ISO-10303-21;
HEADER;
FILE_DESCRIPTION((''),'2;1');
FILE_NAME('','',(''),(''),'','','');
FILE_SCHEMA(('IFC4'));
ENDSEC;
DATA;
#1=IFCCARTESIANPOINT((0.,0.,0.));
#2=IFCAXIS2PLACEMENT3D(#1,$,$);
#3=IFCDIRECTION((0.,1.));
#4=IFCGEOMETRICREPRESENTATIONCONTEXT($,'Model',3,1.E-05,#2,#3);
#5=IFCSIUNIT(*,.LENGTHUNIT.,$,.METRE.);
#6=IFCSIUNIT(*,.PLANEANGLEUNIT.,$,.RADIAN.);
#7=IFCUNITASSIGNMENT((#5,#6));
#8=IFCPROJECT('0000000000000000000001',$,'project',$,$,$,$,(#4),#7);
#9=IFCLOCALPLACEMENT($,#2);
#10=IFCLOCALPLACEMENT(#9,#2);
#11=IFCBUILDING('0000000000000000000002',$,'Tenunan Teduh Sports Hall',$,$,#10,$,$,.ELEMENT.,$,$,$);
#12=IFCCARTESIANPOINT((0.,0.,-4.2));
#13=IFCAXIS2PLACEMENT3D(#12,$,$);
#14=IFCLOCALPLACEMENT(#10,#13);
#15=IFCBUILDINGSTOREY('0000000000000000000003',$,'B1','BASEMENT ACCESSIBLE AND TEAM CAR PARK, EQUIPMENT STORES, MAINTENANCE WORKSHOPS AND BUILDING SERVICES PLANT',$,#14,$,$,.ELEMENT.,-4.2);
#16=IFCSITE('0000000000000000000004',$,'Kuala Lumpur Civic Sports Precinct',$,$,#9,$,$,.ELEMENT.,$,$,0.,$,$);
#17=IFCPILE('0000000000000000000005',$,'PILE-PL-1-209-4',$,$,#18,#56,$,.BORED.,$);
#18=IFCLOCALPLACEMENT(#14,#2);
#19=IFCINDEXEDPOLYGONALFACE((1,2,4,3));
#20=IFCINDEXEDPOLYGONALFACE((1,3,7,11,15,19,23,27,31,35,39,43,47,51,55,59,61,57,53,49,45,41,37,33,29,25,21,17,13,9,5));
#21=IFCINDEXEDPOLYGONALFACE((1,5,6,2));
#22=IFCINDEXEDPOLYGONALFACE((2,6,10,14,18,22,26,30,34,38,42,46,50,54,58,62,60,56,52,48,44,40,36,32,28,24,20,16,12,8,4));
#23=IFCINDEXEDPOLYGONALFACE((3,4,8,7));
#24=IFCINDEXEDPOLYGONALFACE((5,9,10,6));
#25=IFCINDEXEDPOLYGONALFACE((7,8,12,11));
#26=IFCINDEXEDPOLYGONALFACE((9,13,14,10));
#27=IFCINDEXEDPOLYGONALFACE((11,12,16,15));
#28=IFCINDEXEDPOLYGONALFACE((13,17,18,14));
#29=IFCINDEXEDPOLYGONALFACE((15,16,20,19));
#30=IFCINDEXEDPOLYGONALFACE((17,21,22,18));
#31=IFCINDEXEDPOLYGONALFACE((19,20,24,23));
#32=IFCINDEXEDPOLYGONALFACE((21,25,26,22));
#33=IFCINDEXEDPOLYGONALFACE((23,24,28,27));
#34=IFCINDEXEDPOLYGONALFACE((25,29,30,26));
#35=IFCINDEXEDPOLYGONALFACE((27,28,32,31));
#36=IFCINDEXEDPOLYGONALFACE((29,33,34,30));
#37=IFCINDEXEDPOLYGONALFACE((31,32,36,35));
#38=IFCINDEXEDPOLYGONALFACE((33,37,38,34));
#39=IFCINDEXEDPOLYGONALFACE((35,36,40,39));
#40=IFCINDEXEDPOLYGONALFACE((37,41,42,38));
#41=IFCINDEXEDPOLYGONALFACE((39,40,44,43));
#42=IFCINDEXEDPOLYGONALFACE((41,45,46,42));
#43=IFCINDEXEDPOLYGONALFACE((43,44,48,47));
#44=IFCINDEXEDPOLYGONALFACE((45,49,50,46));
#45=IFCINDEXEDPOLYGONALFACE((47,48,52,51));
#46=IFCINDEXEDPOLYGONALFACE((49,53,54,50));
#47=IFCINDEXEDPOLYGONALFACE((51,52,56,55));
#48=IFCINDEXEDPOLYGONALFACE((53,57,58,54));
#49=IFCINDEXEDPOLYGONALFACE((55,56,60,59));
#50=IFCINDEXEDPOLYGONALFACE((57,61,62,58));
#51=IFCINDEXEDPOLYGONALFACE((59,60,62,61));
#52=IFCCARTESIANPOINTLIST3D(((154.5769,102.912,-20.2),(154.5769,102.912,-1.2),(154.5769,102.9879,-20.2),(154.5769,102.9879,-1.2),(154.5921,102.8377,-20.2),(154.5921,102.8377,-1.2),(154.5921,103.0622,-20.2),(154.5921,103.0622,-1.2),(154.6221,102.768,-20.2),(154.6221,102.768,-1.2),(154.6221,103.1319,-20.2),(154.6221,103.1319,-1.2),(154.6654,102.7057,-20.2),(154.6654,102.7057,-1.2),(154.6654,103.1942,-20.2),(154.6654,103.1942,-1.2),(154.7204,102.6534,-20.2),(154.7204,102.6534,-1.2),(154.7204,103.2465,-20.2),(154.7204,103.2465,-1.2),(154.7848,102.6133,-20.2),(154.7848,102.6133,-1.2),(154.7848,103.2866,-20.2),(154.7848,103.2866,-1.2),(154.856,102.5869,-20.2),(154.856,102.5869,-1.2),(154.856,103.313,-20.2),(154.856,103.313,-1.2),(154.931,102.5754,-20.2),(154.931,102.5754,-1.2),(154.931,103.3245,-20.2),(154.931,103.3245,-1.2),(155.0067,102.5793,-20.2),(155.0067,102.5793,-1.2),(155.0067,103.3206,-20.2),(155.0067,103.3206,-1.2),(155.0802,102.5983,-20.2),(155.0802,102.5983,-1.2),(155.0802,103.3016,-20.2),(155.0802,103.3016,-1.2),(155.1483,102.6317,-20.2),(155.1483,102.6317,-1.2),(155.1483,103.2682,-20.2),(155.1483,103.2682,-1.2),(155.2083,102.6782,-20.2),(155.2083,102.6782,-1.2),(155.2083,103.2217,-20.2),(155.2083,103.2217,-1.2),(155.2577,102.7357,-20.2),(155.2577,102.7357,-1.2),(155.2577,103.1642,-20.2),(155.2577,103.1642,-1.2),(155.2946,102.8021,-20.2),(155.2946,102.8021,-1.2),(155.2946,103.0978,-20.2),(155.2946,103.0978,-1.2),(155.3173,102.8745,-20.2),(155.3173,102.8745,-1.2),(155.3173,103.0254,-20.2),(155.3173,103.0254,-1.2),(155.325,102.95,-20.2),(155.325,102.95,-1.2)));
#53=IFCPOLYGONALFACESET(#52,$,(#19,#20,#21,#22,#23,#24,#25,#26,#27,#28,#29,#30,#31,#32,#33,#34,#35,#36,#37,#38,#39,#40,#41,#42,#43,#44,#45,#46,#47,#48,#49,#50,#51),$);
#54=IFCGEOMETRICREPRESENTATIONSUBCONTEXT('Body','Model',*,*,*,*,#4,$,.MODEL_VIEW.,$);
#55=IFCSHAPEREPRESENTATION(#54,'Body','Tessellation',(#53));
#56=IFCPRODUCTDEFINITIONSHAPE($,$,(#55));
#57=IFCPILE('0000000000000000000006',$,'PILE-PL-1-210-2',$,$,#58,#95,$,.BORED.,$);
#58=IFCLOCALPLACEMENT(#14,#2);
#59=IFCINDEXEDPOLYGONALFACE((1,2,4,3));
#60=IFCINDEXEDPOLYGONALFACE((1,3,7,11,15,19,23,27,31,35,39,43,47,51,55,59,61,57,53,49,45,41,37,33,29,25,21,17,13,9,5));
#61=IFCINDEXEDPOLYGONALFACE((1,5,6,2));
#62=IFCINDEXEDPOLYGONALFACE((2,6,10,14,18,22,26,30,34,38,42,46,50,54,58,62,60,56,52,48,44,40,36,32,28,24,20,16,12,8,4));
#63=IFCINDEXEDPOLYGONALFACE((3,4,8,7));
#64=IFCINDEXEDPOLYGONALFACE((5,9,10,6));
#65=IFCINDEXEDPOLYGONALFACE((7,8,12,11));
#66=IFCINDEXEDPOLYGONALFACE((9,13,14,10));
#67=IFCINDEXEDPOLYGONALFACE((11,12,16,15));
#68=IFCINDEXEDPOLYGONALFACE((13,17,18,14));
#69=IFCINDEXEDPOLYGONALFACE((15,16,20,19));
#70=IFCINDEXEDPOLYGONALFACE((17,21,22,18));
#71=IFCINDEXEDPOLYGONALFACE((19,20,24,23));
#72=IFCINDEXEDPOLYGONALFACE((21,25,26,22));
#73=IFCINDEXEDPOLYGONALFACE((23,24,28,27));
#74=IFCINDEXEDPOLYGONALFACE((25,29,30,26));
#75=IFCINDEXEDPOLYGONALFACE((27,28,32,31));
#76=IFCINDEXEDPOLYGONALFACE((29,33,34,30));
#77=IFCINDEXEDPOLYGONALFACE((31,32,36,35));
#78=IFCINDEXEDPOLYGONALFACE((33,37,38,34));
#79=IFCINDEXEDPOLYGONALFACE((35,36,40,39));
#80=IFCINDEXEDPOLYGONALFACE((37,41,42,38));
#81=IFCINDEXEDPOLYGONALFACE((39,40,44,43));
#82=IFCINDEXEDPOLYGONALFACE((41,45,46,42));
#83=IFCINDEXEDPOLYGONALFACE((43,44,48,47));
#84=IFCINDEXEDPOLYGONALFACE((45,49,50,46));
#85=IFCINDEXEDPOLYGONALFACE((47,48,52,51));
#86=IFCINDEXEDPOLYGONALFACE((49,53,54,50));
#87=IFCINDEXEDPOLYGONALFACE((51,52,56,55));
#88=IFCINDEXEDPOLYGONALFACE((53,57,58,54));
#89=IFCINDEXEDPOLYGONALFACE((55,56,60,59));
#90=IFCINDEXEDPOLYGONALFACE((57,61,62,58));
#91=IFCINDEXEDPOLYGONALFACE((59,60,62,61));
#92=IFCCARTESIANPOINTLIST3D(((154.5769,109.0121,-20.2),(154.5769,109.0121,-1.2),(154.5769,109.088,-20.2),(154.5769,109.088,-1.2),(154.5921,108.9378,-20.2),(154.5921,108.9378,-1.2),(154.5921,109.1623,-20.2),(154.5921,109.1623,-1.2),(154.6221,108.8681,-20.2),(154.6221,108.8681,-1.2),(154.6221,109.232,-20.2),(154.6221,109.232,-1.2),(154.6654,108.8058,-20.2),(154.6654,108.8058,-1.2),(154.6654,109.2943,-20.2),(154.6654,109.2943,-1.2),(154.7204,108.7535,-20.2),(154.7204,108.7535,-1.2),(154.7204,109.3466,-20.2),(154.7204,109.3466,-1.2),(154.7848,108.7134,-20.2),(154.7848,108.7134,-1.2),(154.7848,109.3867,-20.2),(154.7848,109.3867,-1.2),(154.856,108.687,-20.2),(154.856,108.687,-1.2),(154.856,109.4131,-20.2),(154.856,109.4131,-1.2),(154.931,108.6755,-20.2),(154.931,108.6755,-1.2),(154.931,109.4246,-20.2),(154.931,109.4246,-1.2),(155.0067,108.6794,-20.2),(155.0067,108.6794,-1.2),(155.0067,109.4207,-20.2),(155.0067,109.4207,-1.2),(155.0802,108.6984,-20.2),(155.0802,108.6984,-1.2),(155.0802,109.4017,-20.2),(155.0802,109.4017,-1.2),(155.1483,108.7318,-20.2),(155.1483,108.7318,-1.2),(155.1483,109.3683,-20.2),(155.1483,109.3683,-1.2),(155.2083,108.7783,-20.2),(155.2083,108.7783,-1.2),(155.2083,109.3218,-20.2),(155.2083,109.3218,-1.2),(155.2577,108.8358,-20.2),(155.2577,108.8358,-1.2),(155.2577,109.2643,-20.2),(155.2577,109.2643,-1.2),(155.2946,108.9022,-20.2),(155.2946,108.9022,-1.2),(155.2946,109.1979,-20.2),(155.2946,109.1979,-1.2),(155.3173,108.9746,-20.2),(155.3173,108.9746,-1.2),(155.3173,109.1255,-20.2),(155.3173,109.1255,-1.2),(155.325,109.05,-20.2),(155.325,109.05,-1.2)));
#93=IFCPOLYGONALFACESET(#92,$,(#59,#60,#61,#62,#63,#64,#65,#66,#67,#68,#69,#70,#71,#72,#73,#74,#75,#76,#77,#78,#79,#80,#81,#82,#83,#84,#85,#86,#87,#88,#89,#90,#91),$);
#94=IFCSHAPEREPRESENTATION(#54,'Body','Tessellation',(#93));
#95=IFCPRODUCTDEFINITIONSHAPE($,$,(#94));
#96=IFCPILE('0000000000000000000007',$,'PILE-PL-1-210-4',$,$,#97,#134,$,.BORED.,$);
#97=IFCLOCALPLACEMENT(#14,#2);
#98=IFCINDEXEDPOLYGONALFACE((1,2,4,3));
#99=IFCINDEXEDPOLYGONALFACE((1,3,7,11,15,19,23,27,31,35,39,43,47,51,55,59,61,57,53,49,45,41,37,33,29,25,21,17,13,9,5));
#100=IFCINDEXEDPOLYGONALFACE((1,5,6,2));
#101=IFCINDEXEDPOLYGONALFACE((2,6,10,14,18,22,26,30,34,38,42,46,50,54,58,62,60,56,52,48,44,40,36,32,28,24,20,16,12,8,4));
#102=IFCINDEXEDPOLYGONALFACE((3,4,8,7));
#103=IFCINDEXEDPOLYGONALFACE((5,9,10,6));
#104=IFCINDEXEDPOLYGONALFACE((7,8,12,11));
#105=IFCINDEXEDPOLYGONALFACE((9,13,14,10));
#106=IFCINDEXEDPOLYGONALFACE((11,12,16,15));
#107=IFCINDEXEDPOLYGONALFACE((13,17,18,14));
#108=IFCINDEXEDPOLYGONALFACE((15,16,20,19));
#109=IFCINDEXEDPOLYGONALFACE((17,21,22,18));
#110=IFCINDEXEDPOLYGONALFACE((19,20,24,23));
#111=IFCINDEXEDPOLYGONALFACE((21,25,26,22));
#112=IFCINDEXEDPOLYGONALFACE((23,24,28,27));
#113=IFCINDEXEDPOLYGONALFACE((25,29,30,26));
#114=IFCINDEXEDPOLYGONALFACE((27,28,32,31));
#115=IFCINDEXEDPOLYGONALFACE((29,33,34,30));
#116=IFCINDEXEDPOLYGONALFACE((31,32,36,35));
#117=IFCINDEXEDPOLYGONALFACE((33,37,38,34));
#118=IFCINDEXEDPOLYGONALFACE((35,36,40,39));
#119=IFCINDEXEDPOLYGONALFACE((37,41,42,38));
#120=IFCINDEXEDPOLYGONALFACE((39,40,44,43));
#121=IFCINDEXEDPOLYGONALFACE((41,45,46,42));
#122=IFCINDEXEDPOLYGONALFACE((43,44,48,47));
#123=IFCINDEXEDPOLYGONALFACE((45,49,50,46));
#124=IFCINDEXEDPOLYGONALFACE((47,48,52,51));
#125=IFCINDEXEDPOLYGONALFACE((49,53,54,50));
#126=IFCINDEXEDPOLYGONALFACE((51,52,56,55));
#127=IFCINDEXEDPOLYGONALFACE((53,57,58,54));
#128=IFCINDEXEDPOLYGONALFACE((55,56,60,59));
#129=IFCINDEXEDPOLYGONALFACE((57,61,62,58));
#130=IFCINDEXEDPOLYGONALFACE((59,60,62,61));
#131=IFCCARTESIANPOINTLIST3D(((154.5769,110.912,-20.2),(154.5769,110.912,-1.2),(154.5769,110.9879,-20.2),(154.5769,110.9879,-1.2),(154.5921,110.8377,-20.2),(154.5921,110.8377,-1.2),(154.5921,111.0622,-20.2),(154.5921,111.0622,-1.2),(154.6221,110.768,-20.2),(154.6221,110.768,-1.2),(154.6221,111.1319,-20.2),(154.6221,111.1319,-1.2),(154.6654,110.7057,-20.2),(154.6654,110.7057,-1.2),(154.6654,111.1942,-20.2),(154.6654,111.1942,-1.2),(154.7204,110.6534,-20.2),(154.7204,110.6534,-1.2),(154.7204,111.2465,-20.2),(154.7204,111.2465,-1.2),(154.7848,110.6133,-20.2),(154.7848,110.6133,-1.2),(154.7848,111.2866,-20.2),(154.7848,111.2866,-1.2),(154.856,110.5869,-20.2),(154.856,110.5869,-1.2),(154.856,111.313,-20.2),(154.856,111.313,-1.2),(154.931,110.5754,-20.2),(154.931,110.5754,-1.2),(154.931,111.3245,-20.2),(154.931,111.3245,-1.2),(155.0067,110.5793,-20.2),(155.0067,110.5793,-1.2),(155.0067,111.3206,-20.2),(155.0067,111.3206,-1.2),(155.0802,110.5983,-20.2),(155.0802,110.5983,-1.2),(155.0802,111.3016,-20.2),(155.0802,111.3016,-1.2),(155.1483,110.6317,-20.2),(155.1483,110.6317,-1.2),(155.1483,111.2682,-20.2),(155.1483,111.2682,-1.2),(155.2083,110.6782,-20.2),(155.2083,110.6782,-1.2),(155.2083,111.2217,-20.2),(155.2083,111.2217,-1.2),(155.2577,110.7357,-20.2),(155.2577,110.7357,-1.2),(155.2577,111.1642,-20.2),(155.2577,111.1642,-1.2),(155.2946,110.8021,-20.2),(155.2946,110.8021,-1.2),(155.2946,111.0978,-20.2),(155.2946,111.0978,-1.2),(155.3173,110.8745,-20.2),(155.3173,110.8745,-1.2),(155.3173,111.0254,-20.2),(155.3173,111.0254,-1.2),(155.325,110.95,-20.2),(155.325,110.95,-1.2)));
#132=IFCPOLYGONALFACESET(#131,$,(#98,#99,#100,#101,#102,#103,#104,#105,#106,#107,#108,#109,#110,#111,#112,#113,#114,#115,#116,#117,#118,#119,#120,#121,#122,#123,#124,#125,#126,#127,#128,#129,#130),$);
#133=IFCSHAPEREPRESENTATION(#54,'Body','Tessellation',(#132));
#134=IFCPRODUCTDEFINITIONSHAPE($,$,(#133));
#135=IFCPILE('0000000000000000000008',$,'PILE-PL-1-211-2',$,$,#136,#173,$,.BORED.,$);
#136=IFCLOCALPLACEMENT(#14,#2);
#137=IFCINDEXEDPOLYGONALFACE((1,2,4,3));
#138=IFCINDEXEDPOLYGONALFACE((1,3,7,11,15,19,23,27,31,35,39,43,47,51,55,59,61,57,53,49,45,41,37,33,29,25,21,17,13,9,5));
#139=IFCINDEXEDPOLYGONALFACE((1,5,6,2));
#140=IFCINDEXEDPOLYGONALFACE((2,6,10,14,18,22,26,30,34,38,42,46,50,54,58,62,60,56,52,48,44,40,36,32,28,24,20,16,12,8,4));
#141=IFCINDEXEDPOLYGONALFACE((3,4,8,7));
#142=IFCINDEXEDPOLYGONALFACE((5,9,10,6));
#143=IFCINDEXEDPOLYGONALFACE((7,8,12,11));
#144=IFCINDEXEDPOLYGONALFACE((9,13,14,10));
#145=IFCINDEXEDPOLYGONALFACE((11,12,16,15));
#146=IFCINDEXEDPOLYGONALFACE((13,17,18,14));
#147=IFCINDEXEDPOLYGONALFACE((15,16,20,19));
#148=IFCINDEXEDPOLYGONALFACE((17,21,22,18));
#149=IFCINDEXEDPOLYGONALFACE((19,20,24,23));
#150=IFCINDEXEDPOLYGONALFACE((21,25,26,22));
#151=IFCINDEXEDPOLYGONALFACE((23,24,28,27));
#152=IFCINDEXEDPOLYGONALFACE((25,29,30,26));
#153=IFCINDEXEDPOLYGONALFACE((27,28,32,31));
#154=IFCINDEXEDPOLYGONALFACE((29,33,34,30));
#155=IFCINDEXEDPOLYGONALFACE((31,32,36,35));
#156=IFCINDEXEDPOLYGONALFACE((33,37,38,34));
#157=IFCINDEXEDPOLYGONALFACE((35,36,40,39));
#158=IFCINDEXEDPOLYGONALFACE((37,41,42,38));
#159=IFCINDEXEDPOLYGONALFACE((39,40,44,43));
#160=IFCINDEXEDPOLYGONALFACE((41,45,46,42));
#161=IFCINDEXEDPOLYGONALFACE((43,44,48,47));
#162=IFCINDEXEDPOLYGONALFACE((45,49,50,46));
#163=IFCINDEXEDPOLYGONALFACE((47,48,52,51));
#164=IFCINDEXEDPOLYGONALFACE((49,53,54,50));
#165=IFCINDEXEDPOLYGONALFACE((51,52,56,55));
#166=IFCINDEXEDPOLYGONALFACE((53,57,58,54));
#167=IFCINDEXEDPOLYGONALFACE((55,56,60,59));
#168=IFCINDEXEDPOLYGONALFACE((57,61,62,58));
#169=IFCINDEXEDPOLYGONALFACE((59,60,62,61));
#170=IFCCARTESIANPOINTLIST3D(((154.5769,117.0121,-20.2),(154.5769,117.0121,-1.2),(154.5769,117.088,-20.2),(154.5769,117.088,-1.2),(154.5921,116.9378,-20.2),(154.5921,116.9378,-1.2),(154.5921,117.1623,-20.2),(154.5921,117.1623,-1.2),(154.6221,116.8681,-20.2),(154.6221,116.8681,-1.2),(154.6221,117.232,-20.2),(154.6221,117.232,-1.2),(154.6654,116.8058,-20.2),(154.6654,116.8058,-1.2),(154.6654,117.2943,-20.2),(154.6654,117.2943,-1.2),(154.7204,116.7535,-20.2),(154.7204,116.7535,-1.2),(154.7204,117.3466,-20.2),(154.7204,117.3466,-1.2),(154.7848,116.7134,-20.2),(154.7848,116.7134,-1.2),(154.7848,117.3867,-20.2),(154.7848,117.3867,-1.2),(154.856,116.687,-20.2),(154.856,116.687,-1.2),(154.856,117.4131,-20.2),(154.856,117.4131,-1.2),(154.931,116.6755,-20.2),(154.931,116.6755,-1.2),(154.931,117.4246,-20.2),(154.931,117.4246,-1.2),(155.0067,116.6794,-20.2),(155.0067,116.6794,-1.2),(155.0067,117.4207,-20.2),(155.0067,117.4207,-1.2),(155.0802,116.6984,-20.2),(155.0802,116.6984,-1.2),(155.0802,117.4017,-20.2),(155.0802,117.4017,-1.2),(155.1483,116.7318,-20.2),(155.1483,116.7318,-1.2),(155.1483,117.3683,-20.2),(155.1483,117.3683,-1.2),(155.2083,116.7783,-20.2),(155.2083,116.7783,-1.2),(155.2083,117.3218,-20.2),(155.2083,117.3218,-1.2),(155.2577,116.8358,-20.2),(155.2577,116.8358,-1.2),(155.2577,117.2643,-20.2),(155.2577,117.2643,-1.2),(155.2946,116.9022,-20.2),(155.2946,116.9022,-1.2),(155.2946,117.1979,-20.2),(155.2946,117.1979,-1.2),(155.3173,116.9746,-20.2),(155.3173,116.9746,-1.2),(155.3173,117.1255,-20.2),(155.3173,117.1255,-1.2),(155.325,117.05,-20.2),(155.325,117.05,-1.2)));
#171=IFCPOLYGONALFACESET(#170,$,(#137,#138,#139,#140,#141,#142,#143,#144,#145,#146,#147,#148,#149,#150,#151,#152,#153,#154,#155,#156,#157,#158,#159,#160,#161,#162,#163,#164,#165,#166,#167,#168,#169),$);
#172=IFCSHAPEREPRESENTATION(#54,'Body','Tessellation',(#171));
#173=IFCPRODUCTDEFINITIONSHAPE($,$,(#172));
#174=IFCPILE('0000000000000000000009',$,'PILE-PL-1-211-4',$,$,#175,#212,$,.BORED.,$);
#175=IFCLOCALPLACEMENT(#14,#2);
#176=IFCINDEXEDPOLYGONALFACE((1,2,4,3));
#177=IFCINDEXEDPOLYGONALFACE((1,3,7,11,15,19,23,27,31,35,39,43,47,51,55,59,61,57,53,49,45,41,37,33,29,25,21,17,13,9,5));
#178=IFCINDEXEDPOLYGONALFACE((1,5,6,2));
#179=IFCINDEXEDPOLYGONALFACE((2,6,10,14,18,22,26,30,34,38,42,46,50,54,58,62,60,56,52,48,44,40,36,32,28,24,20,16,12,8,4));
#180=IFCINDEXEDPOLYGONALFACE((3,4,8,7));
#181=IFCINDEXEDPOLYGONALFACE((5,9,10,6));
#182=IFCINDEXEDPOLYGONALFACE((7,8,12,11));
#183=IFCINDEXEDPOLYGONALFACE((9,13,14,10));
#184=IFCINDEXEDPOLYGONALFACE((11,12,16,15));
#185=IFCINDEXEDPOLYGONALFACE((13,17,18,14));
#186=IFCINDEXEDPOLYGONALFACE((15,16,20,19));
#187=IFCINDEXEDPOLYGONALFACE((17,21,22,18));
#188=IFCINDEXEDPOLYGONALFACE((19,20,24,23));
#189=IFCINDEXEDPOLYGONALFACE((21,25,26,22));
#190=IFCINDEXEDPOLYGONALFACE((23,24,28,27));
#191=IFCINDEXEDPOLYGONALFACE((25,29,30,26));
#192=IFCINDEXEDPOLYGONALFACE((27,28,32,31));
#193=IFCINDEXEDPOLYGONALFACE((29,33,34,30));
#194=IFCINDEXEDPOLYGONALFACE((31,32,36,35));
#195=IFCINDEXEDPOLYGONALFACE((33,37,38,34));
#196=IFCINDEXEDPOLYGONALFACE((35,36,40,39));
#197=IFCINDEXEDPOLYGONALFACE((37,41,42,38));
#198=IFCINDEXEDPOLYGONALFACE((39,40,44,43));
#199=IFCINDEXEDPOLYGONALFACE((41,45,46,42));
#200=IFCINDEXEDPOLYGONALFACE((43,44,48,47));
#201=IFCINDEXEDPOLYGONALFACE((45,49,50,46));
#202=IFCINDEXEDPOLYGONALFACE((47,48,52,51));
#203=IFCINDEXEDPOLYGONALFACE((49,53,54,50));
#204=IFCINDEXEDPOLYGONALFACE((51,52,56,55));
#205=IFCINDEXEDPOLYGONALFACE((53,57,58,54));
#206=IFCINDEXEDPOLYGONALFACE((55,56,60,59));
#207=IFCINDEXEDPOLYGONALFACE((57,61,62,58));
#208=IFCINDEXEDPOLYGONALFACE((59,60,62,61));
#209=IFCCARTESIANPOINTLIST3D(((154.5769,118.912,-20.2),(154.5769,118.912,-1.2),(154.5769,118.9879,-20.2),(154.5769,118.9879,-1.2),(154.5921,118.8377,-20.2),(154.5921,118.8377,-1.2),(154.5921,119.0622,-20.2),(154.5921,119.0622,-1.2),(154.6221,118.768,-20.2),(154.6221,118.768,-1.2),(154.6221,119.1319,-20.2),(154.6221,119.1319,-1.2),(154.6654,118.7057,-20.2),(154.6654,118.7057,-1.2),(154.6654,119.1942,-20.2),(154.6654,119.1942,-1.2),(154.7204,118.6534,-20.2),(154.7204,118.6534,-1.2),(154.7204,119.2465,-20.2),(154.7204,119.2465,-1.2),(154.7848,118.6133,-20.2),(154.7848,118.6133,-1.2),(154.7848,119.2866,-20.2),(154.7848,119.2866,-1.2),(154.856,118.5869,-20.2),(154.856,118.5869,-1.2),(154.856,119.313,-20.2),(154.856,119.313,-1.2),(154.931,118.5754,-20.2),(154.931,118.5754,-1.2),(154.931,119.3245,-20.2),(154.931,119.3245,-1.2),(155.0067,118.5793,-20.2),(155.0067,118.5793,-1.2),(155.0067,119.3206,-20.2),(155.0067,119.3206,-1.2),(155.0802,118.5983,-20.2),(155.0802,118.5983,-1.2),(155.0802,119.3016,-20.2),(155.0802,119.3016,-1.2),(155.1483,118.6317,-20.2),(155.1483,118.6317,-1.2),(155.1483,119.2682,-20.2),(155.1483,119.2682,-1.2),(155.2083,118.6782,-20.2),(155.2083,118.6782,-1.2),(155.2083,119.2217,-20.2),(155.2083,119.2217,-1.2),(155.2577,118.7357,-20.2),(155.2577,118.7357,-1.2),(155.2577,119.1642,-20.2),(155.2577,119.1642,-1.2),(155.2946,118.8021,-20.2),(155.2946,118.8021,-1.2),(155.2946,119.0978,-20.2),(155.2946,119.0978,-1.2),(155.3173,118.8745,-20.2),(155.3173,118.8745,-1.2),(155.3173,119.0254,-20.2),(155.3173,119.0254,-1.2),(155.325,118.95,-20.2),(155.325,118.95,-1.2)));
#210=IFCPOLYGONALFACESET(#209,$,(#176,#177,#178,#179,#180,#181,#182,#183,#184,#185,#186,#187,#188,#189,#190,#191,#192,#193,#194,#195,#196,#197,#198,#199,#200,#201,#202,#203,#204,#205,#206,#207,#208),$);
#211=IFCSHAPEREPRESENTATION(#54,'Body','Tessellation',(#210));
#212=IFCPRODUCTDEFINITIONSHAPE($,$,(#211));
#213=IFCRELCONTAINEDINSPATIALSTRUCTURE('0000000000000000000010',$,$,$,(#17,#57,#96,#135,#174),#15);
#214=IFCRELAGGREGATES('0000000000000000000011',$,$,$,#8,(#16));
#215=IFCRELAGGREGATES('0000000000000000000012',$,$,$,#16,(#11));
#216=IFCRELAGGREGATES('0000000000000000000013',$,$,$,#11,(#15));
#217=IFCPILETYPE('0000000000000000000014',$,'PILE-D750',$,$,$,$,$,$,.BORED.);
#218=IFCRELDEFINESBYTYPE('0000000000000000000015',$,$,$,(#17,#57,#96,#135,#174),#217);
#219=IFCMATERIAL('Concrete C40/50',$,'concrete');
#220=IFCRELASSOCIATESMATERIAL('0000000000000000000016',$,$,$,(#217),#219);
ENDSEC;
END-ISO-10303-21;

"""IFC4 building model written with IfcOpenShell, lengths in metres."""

from ifc_helpers import new_model, si_unit, direction, frame, origin, origin_2d, place, context, subcontext, project, spatial, circle, extrude, material, material_profile, profile_set, type_object, element, save


model = new_model("IFC4")

# Units and contexts
model_context = context("Model", 3, precision=1e-05, world=origin(), true_north=direction((0.0, 1.0)))
body_context = subcontext(model_context, "Body", "Model", "MODEL_VIEW")
ifc_project = project(units=[si_unit("LENGTHUNIT", "METRE"), si_unit("PLANEANGLEUNIT", "RADIAN")], contexts=[model_context])

# Site, building, storey
site_placement = place(None, origin())
site = spatial("IfcSite", under=ifc_project, at=site_placement, Name="Kuala Lumpur Civic Sports Precinct", CompositionType="ELEMENT", RefElevation=0.0)
building_placement = place(site_placement, origin())
building = spatial("IfcBuilding", under=site, at=building_placement, Name="Tenunan Teduh Sports Hall", CompositionType="ELEMENT")
storey_placement = place(building_placement, frame((0.0, 0.0, -4.2)))
storey = spatial("IfcBuildingStorey", under=building, at=storey_placement, Name="B1", Description="BASEMENT ACCESSIBLE AND TEAM CAR PARK, EQUIPMENT STORES, MAINTENANCE WORKSHOPS AND BUILDING SERVICES PLANT", CompositionType="ELEMENT", Elevation=-4.2)

# Piles
ifc_material_1 = material(Name="Concrete C40/50", Category="concrete")
ifc_material_profile_1 = material_profile(ifc_material_1, circle(Radius=0.375, at=origin_2d()), Name="PILE D750")
ifc_profile_set_1 = profile_set([ifc_material_profile_1], Name="Concrete C40/50")
pile_type = type_object("IfcPileType", Name="PILE-D750", PredefinedType="BORED", material=ifc_profile_set_1)
for number, where, z_axis, x_axis, name in (
    (1, (154.95, 102.95, -1.2), (0.0, 0.0, -1.0), (1.0, 0.0, 0.0), "PILE-PL-1-209-4"),
    (2, (154.95, 109.05, -1.2), (0.0, 0.0, -1.0), (1.0, 0.0, 0.0), "PILE-PL-1-210-2"),
    (3, (154.95, 110.95, -1.2), (0.0, 0.0, -1.0), (1.0, 0.0, 0.0), "PILE-PL-1-210-4"),
    (4, (154.95, 117.05, -1.2), (0.0, 0.0, -1.0), (1.0, 0.0, 0.0), "PILE-PL-1-211-2"),
    (5, (154.95, 118.95, -1.2), (0.0, 0.0, -1.0), (1.0, 0.0, 0.0), "PILE-PL-1-211-4"),
):
    element("IfcPile", number, at=place(storey_placement, frame(where, z_axis=z_axis, x_axis=x_axis)), inside=storey, type_object=pile_type, Name=name, PredefinedType="BORED", context=body_context, shape_type="SweptSolid", body=[
        extrude(circle(Radius=0.375, at=origin_2d()), origin(), (0.0, 0.0, 1.0), 19.0),
    ])

save(model, "model.ifc")
